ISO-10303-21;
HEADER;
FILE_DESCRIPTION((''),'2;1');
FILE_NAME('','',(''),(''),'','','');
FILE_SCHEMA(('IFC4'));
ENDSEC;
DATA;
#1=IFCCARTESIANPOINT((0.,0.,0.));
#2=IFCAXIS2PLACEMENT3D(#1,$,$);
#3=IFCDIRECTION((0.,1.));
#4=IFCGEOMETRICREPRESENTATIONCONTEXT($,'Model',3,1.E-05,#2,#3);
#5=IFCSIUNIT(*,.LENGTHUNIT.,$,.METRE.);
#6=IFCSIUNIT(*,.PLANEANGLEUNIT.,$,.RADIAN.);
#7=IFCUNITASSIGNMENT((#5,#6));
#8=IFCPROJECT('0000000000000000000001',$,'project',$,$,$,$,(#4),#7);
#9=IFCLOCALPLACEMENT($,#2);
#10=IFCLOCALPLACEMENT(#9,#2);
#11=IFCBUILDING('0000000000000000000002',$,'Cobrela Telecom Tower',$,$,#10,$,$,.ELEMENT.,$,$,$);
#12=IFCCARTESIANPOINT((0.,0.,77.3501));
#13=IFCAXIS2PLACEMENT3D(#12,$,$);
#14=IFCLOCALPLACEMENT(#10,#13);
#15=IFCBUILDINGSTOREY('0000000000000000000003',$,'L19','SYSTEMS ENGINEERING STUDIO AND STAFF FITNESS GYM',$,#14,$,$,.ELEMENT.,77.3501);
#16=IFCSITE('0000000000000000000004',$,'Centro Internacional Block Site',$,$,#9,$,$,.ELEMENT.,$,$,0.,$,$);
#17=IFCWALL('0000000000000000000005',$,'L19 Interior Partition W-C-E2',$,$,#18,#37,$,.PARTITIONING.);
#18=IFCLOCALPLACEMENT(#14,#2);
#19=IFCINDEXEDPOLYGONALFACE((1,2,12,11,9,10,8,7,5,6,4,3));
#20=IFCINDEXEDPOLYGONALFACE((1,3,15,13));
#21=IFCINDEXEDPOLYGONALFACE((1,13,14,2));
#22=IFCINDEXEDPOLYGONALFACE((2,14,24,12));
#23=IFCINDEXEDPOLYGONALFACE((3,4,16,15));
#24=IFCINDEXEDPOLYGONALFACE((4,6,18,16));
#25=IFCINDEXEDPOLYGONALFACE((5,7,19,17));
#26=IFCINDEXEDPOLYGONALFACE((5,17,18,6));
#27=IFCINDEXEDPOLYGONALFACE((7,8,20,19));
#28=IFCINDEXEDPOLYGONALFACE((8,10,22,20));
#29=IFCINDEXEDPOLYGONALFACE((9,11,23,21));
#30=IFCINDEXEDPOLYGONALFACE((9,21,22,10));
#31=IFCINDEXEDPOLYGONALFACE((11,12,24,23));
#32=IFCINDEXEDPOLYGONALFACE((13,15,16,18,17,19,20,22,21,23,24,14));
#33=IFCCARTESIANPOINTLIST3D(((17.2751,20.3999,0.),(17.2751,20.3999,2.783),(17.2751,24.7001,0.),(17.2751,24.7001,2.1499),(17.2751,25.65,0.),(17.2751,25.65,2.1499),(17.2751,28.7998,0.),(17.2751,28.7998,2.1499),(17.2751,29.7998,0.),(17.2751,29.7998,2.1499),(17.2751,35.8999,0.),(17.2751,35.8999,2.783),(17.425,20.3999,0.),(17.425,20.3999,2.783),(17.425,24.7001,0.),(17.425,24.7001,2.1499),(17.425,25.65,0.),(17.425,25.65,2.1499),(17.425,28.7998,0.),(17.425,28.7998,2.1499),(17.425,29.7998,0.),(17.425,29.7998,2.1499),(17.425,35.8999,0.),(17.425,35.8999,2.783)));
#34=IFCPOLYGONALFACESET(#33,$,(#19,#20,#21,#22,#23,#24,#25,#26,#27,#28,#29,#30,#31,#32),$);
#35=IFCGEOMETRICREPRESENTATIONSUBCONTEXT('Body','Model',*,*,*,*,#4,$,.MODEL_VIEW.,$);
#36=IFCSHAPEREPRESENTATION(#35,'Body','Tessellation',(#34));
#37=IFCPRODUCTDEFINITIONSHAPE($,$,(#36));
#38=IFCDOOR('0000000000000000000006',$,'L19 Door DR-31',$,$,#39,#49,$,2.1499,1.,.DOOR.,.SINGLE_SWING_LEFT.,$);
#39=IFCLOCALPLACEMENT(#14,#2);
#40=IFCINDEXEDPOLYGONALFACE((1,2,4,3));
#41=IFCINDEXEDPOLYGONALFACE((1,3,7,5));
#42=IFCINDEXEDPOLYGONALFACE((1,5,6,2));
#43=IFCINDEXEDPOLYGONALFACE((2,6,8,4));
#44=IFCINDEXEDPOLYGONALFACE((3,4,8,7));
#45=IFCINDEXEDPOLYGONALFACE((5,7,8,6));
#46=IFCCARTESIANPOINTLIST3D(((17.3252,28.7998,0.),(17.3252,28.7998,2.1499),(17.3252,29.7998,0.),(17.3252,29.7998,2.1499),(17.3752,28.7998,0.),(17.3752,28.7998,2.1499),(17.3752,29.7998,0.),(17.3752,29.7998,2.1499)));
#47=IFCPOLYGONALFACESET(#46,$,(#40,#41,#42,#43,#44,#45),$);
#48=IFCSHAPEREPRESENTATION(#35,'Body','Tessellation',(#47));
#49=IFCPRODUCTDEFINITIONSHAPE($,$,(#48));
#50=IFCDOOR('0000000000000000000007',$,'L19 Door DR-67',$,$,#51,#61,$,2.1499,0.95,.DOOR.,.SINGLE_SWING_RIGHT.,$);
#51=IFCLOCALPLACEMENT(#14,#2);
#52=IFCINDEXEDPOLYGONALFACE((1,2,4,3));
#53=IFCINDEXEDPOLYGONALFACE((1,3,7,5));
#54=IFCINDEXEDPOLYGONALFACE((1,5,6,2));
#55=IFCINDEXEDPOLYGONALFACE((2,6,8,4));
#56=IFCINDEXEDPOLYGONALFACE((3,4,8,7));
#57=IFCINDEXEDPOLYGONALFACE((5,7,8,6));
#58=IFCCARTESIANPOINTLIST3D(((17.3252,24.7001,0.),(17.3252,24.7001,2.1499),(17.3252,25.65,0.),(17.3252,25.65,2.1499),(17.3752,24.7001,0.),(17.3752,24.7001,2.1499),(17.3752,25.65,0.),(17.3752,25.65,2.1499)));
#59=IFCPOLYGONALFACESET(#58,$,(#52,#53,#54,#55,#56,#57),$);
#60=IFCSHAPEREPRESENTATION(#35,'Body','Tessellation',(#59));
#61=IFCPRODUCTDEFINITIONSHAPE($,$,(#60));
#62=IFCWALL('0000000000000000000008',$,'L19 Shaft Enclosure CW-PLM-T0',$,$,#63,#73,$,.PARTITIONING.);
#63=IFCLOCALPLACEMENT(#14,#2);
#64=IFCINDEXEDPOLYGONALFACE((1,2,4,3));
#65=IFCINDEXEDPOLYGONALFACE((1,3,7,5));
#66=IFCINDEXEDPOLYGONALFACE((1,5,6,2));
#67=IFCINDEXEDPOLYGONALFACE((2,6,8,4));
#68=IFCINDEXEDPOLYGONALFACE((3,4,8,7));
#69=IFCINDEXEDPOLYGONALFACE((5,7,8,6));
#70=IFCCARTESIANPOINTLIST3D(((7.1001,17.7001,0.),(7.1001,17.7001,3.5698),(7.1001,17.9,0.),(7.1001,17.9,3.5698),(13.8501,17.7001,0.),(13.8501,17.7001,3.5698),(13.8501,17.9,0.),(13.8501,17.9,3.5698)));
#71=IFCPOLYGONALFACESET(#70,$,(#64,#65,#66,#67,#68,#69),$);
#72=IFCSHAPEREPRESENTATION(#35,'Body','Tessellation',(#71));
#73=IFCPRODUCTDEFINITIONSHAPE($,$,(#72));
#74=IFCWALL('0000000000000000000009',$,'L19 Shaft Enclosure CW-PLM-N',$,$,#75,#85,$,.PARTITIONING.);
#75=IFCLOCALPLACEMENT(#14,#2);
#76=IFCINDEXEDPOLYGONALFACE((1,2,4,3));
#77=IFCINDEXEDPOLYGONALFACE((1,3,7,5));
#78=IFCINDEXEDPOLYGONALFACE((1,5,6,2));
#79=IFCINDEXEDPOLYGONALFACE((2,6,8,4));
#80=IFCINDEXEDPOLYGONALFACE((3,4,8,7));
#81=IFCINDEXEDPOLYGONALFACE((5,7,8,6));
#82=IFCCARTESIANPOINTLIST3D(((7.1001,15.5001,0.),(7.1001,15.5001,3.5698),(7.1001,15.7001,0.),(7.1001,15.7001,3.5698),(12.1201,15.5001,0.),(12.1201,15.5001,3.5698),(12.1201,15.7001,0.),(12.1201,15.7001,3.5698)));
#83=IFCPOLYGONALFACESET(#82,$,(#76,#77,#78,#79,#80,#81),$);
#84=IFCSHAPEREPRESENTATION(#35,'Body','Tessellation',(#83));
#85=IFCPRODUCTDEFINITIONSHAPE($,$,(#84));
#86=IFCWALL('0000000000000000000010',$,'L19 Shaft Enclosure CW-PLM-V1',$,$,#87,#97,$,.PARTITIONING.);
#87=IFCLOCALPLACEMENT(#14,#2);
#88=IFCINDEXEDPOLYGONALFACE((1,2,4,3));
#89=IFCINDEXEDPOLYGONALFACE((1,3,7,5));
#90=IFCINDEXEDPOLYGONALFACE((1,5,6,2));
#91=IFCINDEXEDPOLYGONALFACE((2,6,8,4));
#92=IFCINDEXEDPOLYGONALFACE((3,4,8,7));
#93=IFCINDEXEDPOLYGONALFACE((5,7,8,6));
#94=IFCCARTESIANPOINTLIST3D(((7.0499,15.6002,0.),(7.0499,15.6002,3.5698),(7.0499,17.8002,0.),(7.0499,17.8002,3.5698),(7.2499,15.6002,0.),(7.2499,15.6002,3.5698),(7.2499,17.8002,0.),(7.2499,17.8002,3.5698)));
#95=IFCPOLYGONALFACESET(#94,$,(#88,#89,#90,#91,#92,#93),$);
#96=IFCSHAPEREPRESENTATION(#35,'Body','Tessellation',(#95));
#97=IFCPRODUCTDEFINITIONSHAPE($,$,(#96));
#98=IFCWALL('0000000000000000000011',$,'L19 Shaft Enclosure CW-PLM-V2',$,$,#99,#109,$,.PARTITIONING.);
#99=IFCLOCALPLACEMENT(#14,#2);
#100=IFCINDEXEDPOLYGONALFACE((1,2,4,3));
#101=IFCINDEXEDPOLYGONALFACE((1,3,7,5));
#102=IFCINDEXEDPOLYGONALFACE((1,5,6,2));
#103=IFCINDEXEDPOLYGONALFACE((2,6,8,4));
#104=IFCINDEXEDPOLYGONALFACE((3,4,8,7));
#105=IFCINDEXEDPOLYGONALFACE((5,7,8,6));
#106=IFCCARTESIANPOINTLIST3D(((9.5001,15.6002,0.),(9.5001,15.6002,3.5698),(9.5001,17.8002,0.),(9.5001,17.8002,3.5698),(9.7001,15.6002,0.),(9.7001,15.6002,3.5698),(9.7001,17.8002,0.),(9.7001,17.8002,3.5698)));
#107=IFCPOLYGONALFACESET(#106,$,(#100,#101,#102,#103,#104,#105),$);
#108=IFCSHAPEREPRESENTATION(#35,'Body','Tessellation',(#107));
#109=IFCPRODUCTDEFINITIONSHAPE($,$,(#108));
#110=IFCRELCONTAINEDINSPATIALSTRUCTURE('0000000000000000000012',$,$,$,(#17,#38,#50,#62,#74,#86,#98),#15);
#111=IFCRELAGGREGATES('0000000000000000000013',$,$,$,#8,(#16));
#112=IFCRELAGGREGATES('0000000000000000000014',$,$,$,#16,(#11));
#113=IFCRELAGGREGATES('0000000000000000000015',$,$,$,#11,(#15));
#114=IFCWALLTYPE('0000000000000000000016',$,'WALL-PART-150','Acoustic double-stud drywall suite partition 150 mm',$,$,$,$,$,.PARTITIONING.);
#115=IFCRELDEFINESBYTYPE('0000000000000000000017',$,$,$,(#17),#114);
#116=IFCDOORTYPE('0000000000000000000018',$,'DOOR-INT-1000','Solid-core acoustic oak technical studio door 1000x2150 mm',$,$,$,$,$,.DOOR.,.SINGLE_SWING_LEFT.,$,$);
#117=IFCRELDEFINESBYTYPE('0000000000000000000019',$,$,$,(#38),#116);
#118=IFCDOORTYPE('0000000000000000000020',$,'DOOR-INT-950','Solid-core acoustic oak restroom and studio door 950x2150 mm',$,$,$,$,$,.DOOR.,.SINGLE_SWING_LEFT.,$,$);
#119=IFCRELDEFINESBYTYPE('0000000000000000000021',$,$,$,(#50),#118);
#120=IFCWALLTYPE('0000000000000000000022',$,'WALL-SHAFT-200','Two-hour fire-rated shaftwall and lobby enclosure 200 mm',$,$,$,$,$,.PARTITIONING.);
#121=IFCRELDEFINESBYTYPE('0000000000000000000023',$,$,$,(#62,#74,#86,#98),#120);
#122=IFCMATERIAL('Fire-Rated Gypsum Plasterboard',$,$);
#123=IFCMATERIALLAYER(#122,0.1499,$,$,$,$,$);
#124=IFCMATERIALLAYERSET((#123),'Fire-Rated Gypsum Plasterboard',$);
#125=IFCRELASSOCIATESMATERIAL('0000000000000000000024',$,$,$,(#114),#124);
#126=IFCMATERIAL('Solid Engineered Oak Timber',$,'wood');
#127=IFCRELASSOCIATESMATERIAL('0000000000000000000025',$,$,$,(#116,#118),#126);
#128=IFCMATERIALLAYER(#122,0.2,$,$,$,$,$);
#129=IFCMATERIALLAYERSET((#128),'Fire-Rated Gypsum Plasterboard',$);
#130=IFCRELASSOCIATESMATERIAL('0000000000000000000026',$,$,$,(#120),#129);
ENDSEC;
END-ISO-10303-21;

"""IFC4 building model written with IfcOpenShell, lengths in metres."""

from ifc_helpers import new_model, si_unit, direction, frame, frame_2d, origin, place, context, subcontext, project, spatial, rectangle, extrude, material, layer, layer_set, type_object, element, fill, save


model = new_model("IFC4")

# Units and contexts
model_context = context("Model", 3, precision=1e-05, world=origin(), true_north=direction((0.0, 1.0)))
body_context = subcontext(model_context, "Body", "Model", "MODEL_VIEW")
ifc_project = project(units=[si_unit("LENGTHUNIT", "METRE"), si_unit("PLANEANGLEUNIT", "RADIAN")], contexts=[model_context])

# Site, building, storey
site_placement = place(None, origin())
site = spatial("IfcSite", under=ifc_project, at=site_placement, Name="Centro Internacional Block Site", CompositionType="ELEMENT", RefElevation=0.0)
building_placement = place(site_placement, origin())
building = spatial("IfcBuilding", under=site, at=building_placement, Name="Cobrela Telecom Tower", CompositionType="ELEMENT")
storey_placement = place(building_placement, frame((0.0, 0.0, 77.3501)))
storey = spatial("IfcBuildingStorey", under=building, at=storey_placement, Name="L19", Description="SYSTEMS ENGINEERING STUDIO AND STAFF FITNESS GYM", CompositionType="ELEMENT", Elevation=77.3501)

# Wall, openings, doors
ifc_material_1 = material(Name="Fire-Rated Gypsum Plasterboard")
ifc_layer_1 = layer(ifc_material_1, 0.1499)
ifc_layer_set_1 = layer_set([ifc_layer_1], Name="Fire-Rated Gypsum Plasterboard")
wall_type_1 = type_object("IfcWallType", Name="WALL-PART-150", Description="Acoustic double-stud drywall suite partition 150 mm", PredefinedType="PARTITIONING", material=ifc_layer_set_1)
wall_1_placement = place(storey_placement, frame((17.3501, 20.3999, 0.0), z_axis=(0.0, 0.0, 1.0), x_axis=(0.0, 1.0, 0.0)))
wall_1 = element("IfcWall", 1, at=wall_1_placement, inside=storey, type_object=wall_type_1, Name="L19 Interior Partition W-C-E2", PredefinedType="PARTITIONING", context=body_context, shape_type="SweptSolid", body=[
    extrude(rectangle(XDim=15.5, YDim=0.1499, at=frame_2d((7.75, 0.0))), origin(), (0.0, 0.0, 1.0), 2.783),
])
opening_1_placement = place(wall_1_placement, frame((4.3, 0.0, 0.0)))
opening_1 = element("IfcOpeningElement", 2, at=opening_1_placement, cuts=wall_1, PredefinedType="OPENING", context=body_context, shape_type="SweptSolid", body=[
    extrude(rectangle(XDim=0.95, YDim=2.1499, at=frame_2d((0.4751, 1.075))), frame((0.0, 0.0869, 0.0), z_axis=(0.0, -1.0, 0.0), x_axis=(1.0, 0.0, 0.0)), (0.0, 0.0, 1.0), 0.1738),
])
opening_2_placement = place(wall_1_placement, frame((8.3999, 0.0, 0.0)))
opening_2 = element("IfcOpeningElement", 3, at=opening_2_placement, cuts=wall_1, PredefinedType="OPENING", context=body_context, shape_type="SweptSolid", body=[
    extrude(rectangle(XDim=1.0, YDim=2.1499, at=frame_2d((0.5, 1.075))), frame((0.0, 0.0869, 0.0), z_axis=(0.0, -1.0, 0.0), x_axis=(1.0, 0.0, 0.0)), (0.0, 0.0, 1.0), 0.1738),
])
ifc_material_2 = material(Name="Solid Engineered Oak Timber", Category="wood")
door_type_1 = type_object("IfcDoorType", Name="DOOR-INT-1000", Description="Solid-core acoustic oak technical studio door 1000x2150 mm", OperationType="SINGLE_SWING_LEFT", PredefinedType="DOOR", material=ifc_material_2)
door_1_placement = place(opening_2_placement, origin())
door_1 = element("IfcDoor", 4, at=door_1_placement, inside=storey, type_object=door_type_1, Name="L19 Door DR-31", OperationType="SINGLE_SWING_LEFT", OverallHeight=2.1499, OverallWidth=1.0, PredefinedType="DOOR", context=body_context, shape_type="SweptSolid", body=[
    extrude(rectangle(XDim=1.0, YDim=2.1499, at=frame_2d((0.5, 1.075))), frame((0.0, 0.0249, 0.0), z_axis=(0.0, -1.0, 0.0), x_axis=(1.0, 0.0, 0.0)), (0.0, 0.0, 1.0), 0.05),
])
fill(opening_2, door_1)
door_type_2 = type_object("IfcDoorType", Name="DOOR-INT-950", Description="Solid-core acoustic oak restroom and studio door 950x2150 mm", OperationType="SINGLE_SWING_LEFT", PredefinedType="DOOR", material=ifc_material_2)
door_2_placement = place(opening_1_placement, origin())
door_2 = element("IfcDoor", 5, at=door_2_placement, inside=storey, type_object=door_type_2, Name="L19 Door DR-67", OperationType="SINGLE_SWING_RIGHT", OverallHeight=2.1499, OverallWidth=0.95, PredefinedType="DOOR", context=body_context, shape_type="SweptSolid", body=[
    extrude(rectangle(XDim=0.95, YDim=2.1499, at=frame_2d((0.4751, 1.075))), frame((0.0, 0.0249, 0.0), z_axis=(0.0, -1.0, 0.0), x_axis=(1.0, 0.0, 0.0)), (0.0, 0.0, 1.0), 0.05),
])
fill(opening_1, door_2)

# Walls
ifc_layer_2 = layer(ifc_material_1, 0.2)
ifc_layer_set_2 = layer_set([ifc_layer_2], Name="Fire-Rated Gypsum Plasterboard")
wall_type_2 = type_object("IfcWallType", Name="WALL-SHAFT-200", Description="Two-hour fire-rated shaftwall and lobby enclosure 200 mm", PredefinedType="PARTITIONING", material=ifc_layer_set_2)
wall_2_placement = place(storey_placement, frame((7.1001, 17.8, 0.0), z_axis=(0.0, 0.0, 1.0), x_axis=(1.0, 0.0, 0.0)))
element("IfcWall", 6, at=wall_2_placement, inside=storey, type_object=wall_type_2, Name="L19 Shaft Enclosure CW-PLM-T0", PredefinedType="PARTITIONING", context=body_context, shape_type="SweptSolid", body=[
    extrude(rectangle(XDim=6.75, YDim=0.2, at=frame_2d((3.375, 0.0))), origin(), (0.0, 0.0, 1.0), 3.5698),
])
wall_3_placement = place(storey_placement, frame((7.1001, 15.6001, 0.0), z_axis=(0.0, 0.0, 1.0), x_axis=(1.0, 0.0, 0.0)))
element("IfcWall", 7, at=wall_3_placement, inside=storey, type_object=wall_type_2, Name="L19 Shaft Enclosure CW-PLM-N", PredefinedType="PARTITIONING", context=body_context, shape_type="SweptSolid", body=[
    extrude(rectangle(XDim=5.02, YDim=0.2, at=frame_2d((2.51, 0.0))), origin(), (0.0, 0.0, 1.0), 3.5698),
])
for number, where, z_axis, x_axis, name in (
    (8, (7.1499, 15.6001, 0.0), (0.0, 0.0, 1.0), (0.0, 1.0, 0.0), "L19 Shaft Enclosure CW-PLM-V1"),
    (9, (9.6001, 15.6001, 0.0), (0.0, 0.0, 1.0), (0.0, 1.0, 0.0), "L19 Shaft Enclosure CW-PLM-V2"),
):
    element("IfcWall", number, at=place(storey_placement, frame(where, z_axis=z_axis, x_axis=x_axis)), inside=storey, type_object=wall_type_2, Name=name, PredefinedType="PARTITIONING", context=body_context, shape_type="SweptSolid", body=[
        extrude(rectangle(XDim=2.2, YDim=0.2, at=frame_2d((1.1001, 0.0))), origin(), (0.0, 0.0, 1.0), 3.5698),
    ])

save(model, "model.ifc")
